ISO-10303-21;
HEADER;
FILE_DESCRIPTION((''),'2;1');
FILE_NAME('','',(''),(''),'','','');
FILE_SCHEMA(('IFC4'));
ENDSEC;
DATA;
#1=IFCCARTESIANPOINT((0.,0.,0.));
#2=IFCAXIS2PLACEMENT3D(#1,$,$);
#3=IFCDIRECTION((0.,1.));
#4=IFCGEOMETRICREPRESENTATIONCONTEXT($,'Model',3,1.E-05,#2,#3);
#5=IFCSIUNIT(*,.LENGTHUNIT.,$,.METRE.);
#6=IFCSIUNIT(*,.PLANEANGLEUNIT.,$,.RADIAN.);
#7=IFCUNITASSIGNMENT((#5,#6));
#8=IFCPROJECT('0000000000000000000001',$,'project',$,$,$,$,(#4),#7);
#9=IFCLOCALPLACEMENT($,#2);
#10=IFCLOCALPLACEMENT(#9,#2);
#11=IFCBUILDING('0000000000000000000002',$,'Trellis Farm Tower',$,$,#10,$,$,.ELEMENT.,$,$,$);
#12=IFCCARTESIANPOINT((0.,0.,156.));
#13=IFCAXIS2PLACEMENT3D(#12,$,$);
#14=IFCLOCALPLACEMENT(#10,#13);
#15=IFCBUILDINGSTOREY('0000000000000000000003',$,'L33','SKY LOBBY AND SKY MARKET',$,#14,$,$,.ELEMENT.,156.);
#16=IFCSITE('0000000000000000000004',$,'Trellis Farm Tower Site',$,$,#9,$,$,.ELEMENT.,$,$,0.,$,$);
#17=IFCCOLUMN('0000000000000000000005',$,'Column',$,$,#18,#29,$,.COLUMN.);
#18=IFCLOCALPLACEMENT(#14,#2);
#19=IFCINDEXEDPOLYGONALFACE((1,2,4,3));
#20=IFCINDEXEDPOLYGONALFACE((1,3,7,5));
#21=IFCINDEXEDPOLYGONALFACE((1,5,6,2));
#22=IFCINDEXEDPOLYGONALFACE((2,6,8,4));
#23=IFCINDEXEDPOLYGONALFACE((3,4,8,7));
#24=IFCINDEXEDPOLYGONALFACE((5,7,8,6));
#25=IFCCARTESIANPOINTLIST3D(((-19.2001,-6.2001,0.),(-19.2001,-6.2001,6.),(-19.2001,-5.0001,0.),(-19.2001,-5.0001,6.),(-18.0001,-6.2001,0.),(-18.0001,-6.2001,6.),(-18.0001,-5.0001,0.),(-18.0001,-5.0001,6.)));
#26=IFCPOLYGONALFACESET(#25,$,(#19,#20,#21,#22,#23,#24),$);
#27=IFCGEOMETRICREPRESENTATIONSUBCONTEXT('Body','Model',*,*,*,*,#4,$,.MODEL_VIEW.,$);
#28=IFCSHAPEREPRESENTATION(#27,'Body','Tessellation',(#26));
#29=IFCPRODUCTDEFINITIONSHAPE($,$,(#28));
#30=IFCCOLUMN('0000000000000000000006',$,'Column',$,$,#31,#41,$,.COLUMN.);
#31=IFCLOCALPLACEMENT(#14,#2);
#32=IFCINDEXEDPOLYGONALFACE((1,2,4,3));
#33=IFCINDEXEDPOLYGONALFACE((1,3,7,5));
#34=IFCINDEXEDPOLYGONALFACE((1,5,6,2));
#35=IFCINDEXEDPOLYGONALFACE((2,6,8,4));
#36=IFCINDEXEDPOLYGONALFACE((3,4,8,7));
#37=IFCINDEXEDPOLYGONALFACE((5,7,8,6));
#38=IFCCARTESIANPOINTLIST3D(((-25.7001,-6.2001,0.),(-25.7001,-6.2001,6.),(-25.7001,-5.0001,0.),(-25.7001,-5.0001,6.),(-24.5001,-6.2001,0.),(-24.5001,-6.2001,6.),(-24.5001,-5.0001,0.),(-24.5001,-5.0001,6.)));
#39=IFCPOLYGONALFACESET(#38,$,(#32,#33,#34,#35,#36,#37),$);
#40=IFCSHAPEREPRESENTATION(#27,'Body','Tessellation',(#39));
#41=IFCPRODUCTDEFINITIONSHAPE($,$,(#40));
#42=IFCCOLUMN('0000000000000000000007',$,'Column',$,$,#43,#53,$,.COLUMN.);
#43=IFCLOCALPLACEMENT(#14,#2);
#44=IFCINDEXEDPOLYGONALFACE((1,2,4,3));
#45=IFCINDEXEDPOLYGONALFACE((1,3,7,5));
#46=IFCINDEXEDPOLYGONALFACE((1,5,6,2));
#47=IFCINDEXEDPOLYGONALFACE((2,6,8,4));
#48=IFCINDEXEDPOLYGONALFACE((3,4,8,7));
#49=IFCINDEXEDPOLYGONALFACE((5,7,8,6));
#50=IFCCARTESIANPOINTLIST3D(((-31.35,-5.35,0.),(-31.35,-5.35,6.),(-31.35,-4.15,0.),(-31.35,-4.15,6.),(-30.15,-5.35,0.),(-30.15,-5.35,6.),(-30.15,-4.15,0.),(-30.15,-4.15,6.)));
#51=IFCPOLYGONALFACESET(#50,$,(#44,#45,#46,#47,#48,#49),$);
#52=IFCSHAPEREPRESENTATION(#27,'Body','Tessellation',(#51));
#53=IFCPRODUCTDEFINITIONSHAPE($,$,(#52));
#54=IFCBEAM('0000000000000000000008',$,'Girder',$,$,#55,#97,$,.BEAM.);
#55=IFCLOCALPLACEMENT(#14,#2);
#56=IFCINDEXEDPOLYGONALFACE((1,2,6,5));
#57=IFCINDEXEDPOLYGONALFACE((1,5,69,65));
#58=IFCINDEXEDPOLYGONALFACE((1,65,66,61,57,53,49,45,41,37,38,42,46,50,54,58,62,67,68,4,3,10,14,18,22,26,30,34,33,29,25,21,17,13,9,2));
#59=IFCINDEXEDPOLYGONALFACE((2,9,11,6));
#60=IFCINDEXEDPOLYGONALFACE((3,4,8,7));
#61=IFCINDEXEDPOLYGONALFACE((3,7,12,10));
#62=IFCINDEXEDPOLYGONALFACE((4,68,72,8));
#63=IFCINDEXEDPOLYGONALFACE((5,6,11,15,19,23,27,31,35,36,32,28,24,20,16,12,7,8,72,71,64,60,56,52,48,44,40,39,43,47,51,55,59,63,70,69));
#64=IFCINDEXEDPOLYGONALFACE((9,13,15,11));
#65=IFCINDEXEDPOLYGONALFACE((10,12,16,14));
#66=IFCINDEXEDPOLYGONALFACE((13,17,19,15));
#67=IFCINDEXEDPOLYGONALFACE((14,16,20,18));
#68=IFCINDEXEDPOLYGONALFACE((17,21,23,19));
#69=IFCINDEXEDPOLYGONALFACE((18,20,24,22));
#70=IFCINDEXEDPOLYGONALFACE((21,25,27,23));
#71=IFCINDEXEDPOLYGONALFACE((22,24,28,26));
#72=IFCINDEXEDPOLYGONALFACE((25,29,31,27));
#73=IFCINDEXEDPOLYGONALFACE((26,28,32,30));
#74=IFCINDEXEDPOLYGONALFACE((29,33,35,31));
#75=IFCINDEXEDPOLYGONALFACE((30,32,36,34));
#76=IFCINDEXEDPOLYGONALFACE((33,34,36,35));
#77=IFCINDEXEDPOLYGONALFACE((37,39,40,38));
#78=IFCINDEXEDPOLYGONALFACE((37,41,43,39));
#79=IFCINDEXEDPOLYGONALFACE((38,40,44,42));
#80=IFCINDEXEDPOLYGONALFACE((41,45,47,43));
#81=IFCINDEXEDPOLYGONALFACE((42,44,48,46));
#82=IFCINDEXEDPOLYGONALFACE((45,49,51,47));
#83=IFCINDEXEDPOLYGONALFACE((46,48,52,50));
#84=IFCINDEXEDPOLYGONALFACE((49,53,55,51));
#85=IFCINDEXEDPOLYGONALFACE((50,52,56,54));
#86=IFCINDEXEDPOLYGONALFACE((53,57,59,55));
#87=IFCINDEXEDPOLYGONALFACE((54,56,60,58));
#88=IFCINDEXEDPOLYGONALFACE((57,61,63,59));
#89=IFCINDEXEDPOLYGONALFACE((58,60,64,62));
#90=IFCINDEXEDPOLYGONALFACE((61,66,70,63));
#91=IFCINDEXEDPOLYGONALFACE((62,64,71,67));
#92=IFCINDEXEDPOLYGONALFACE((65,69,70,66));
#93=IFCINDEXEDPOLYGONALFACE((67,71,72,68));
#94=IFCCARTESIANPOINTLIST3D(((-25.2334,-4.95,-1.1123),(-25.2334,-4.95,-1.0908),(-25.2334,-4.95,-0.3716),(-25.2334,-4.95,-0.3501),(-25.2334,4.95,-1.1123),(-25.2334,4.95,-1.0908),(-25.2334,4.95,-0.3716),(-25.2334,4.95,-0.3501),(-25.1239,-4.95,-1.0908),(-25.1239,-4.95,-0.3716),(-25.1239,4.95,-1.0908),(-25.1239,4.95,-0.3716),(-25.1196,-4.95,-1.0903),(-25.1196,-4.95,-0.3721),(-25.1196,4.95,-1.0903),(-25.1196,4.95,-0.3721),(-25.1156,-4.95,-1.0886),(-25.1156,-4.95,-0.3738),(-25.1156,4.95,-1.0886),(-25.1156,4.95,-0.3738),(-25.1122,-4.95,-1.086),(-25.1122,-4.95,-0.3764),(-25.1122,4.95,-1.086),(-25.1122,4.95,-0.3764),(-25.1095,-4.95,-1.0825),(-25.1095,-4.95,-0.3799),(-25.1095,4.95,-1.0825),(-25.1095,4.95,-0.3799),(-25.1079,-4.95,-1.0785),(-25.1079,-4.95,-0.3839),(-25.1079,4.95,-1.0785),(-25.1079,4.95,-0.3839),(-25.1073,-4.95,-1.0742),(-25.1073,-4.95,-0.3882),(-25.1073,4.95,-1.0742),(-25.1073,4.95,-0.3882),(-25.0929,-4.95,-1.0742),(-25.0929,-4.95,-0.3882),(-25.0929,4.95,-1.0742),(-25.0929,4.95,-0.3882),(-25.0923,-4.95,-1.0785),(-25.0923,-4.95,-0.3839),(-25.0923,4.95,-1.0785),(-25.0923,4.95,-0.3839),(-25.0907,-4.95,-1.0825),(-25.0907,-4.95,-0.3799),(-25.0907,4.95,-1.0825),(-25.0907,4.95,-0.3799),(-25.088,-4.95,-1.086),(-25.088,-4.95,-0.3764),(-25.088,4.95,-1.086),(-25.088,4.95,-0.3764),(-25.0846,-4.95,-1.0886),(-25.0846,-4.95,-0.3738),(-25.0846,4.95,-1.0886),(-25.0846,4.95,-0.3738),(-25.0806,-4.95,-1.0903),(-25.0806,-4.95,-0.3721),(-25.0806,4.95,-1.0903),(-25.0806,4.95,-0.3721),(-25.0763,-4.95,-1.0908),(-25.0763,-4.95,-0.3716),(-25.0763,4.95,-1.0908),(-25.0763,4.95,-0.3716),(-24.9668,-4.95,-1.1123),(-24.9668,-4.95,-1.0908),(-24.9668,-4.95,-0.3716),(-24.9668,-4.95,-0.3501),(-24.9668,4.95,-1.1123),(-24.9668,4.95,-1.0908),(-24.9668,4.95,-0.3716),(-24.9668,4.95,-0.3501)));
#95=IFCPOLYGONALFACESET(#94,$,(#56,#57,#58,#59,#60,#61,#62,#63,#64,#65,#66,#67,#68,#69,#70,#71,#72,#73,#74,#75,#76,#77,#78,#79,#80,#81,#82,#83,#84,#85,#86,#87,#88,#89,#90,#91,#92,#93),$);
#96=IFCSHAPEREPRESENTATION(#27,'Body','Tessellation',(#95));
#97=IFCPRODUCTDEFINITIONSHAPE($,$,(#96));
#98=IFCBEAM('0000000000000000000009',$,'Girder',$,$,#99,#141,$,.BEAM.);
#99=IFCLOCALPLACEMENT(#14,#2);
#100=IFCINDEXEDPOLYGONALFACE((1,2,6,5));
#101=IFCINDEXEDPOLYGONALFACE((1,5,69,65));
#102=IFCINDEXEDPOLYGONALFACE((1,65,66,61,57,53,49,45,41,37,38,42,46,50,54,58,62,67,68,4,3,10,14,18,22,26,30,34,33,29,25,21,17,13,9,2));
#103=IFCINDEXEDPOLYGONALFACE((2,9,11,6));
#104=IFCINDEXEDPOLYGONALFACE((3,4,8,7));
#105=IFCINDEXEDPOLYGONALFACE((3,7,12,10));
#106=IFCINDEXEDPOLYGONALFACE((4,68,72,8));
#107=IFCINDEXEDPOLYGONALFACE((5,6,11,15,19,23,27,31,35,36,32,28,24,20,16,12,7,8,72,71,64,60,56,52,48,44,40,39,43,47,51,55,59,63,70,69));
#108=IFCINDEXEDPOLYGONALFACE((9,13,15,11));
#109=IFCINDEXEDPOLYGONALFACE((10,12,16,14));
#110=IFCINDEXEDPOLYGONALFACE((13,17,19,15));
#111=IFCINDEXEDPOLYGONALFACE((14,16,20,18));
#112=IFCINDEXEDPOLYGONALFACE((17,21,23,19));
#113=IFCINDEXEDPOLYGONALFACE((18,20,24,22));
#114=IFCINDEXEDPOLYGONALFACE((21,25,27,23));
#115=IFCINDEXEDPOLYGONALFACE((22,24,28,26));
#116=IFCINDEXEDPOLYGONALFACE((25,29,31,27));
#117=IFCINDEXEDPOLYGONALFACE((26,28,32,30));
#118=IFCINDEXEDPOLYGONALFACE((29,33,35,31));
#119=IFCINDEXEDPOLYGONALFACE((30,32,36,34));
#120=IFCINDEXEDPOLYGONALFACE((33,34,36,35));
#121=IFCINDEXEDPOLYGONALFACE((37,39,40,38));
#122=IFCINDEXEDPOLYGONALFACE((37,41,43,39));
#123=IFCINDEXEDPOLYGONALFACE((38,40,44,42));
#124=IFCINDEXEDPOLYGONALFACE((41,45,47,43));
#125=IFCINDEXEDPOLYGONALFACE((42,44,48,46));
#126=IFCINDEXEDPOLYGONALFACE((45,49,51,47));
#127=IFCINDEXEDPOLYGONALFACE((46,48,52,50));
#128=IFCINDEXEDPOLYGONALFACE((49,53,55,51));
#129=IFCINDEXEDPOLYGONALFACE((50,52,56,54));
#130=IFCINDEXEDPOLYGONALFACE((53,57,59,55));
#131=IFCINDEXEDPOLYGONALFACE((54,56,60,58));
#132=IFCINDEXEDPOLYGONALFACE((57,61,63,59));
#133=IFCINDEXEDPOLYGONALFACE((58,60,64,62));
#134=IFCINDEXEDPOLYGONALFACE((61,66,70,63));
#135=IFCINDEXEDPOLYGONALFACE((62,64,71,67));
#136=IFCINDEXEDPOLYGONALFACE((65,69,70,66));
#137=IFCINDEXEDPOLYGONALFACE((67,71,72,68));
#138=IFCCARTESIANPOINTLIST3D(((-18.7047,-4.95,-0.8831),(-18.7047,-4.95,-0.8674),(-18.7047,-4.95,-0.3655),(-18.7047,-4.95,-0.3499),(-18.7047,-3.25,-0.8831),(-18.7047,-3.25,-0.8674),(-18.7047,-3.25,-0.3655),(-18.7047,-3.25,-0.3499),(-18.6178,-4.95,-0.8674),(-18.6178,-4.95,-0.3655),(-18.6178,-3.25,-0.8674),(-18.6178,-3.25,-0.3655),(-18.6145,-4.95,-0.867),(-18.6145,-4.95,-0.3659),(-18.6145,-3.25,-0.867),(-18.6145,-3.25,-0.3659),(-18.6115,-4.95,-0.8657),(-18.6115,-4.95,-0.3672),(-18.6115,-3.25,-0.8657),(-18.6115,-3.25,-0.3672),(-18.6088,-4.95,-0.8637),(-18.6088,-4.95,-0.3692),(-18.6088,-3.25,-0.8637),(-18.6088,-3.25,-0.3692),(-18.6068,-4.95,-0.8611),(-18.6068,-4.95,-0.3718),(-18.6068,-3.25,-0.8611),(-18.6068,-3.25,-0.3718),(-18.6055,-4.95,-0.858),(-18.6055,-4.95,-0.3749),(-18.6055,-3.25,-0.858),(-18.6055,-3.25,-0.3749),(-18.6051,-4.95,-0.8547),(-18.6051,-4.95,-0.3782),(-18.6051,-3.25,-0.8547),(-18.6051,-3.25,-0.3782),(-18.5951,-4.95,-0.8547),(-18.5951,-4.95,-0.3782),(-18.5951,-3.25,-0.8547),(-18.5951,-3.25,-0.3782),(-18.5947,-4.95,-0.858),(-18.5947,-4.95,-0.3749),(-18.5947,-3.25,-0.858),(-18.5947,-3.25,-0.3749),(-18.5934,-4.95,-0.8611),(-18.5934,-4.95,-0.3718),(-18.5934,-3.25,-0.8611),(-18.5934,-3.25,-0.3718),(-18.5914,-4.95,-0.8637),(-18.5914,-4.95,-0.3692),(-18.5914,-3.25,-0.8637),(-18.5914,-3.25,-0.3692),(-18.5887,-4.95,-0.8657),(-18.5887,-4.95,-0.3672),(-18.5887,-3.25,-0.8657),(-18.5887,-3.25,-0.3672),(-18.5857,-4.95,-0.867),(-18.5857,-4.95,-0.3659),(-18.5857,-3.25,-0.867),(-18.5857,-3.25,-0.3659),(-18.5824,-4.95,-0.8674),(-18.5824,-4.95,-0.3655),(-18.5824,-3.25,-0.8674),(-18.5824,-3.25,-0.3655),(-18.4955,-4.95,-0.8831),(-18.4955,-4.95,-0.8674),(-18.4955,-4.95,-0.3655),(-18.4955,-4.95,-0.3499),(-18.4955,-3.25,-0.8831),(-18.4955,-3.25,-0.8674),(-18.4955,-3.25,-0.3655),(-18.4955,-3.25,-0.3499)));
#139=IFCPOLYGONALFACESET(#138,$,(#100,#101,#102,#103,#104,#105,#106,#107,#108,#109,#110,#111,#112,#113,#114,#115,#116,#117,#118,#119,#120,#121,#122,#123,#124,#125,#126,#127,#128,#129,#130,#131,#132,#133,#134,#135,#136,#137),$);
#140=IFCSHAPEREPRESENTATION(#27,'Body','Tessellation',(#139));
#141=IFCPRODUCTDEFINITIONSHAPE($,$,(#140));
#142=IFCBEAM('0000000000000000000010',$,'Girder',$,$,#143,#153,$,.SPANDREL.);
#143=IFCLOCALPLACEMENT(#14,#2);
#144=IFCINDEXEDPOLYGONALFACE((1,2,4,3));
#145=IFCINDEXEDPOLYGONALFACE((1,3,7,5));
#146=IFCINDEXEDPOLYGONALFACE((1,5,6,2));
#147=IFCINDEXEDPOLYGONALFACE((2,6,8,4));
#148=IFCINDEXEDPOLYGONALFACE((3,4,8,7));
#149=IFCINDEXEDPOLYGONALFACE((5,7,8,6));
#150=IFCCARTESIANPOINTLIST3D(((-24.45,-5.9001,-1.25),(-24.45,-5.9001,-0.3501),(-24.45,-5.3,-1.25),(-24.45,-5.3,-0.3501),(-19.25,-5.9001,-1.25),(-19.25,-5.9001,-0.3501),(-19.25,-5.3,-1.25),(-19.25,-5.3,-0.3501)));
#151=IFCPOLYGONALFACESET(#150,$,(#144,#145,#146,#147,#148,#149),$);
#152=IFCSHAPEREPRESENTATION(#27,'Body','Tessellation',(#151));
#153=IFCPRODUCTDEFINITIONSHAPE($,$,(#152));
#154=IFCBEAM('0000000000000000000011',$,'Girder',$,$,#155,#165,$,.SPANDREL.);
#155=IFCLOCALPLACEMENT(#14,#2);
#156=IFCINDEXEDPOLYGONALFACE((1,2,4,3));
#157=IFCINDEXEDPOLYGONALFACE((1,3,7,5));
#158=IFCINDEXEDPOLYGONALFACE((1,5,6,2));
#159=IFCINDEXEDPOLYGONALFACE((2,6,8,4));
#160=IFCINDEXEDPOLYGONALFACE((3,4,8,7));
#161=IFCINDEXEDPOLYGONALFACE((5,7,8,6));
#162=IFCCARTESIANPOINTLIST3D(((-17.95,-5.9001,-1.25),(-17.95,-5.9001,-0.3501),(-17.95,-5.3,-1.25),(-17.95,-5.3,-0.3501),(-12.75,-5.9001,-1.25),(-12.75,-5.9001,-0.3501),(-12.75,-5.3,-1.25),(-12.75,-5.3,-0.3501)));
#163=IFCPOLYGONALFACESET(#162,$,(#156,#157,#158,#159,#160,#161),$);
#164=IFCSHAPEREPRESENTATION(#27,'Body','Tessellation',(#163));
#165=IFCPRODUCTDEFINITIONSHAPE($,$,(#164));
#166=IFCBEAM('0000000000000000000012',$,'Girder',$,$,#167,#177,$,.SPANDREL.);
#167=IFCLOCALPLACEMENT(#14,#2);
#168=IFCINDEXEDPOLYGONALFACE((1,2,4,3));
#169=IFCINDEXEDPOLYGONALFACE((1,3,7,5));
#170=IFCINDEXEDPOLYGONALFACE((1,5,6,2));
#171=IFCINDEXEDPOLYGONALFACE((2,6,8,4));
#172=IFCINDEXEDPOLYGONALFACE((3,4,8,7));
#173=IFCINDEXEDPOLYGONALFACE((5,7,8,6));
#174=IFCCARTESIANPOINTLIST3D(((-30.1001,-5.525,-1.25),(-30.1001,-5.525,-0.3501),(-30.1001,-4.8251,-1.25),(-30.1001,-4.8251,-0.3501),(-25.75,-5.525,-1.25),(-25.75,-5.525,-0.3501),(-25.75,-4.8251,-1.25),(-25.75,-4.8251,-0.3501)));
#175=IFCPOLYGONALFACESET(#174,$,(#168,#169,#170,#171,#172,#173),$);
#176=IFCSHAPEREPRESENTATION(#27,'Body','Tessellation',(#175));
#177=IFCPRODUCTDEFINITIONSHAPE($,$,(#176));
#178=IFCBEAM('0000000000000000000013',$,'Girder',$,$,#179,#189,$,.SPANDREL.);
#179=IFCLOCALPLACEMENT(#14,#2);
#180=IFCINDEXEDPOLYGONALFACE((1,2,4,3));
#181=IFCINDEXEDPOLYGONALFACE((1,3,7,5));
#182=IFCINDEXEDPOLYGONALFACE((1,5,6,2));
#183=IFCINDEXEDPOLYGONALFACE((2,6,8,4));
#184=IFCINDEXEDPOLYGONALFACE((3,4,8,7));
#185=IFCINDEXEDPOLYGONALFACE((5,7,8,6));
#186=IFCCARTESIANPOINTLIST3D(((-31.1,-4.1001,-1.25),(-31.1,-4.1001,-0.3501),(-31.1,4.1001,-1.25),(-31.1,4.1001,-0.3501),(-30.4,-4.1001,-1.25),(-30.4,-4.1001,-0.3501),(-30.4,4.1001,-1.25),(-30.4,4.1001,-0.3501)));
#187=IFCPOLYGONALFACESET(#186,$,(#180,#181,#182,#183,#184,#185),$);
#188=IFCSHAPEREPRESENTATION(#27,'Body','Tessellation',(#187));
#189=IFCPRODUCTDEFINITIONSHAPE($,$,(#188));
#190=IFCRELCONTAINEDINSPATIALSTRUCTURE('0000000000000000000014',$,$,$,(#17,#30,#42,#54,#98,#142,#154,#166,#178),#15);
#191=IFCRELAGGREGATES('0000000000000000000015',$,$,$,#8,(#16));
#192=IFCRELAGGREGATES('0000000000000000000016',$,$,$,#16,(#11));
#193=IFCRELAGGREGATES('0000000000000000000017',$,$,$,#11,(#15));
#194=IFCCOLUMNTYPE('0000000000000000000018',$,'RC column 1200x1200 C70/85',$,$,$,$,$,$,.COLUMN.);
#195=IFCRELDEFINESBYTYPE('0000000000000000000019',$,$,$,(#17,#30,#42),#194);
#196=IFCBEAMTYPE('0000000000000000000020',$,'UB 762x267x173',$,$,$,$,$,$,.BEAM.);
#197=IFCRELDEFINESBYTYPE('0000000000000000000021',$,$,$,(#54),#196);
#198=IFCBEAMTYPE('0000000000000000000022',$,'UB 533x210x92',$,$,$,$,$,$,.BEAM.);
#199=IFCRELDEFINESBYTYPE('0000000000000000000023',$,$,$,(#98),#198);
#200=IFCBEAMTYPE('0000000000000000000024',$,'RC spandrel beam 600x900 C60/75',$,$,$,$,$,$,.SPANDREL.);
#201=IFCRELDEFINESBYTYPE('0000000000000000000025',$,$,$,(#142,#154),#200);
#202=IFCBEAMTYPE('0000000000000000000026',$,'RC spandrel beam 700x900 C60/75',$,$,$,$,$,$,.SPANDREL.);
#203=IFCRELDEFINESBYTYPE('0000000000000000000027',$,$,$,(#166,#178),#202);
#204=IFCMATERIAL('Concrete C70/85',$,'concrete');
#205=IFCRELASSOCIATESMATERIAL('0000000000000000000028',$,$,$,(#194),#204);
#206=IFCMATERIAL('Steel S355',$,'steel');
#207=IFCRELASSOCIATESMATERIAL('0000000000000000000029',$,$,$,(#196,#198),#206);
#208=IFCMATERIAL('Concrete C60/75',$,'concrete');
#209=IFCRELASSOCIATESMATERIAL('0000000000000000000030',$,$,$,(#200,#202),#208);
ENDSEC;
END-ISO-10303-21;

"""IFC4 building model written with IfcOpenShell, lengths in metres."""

from ifc_helpers import new_model, si_unit, direction, frame, origin, origin_2d, place, context, subcontext, project, spatial, rectangle, i_section, extrude, source, transform, mapped, material, material_profile, profile_set, type_object, element, save


model = new_model("IFC4")

# Units and contexts
model_context = context("Model", 3, precision=1e-05, world=origin(), true_north=direction((0.0, 1.0)))
body_context = subcontext(model_context, "Body", "Model", "MODEL_VIEW")
ifc_project = project(units=[si_unit("LENGTHUNIT", "METRE"), si_unit("PLANEANGLEUNIT", "RADIAN")], contexts=[model_context])

# Site, building, storey
site_placement = place(None, origin())
site = spatial("IfcSite", under=ifc_project, at=site_placement, Name="Trellis Farm Tower Site", CompositionType="ELEMENT", RefElevation=0.0)
building_placement = place(site_placement, origin())
building = spatial("IfcBuilding", under=site, at=building_placement, Name="Trellis Farm Tower", CompositionType="ELEMENT")
storey_placement = place(building_placement, frame((0.0, 0.0, 156.0)))
storey = spatial("IfcBuildingStorey", under=building, at=storey_placement, Name="L33", Description="SKY LOBBY AND SKY MARKET", CompositionType="ELEMENT", Elevation=156.0)

# Columns
ifc_material_1 = material(Name="Concrete C70/85", Category="concrete")
ifc_material_profile_1 = material_profile(ifc_material_1, rectangle(XDim=1.2, YDim=1.2, at=origin_2d()), Name="RC column 1200x1200 C70/85")
ifc_profile_set_1 = profile_set([ifc_material_profile_1], Name="Concrete C70/85")
column_type = type_object("IfcColumnType", Name="RC column 1200x1200 C70/85", PredefinedType="COLUMN", material=ifc_profile_set_1)
shared_shape_1 = source(origin(), body_context, "Body", "SweptSolid", [
    extrude(rectangle(XDim=1.2, YDim=1.2, at=origin_2d()), origin(), (0.0, 0.0, 1.0), 6.0),
])
for number, where, z_axis, x_axis, name in (
    (1, (-18.6001, -5.6001, 0.0), (0.0, 0.0, 1.0), (1.0, 0.0, 0.0), "Column"),
    (2, (-25.1001, -5.6001, 0.0), (0.0, 0.0, 1.0), (1.0, 0.0, 0.0), "Column"),
    (3, (-30.75, -4.75, 0.0), (0.0, 0.0, 1.0), (1.0, 0.0, 0.0), "Column"),
):
    element("IfcColumn", number, at=place(storey_placement, frame(where, z_axis=z_axis, x_axis=x_axis)), inside=storey, type_object=column_type, Name=name, PredefinedType="COLUMN", context=body_context, shape_type="MappedRepresentation", body=[
        mapped(shared_shape_1, transform((0.0, 0.0, 0.0))),
    ])

# Beams
ifc_material_2 = material(Name="Steel S355", Category="steel")
ifc_material_profile_2 = material_profile(ifc_material_2, i_section(OverallWidth=0.2666, OverallDepth=0.7622, WebThickness=0.0144, FlangeThickness=0.0215, FilletRadius=0.0166, at=origin_2d()), Name="UB 762x267x173")
ifc_profile_set_2 = profile_set([ifc_material_profile_2], Name="Steel S355")
beam_type_1 = type_object("IfcBeamType", Name="UB 762x267x173", PredefinedType="BEAM", material=ifc_profile_set_2)
shared_shape_2 = source(origin(), body_context, "Body", "SweptSolid", [
    extrude(i_section(OverallWidth=0.2666, OverallDepth=0.7622, WebThickness=0.0144, FlangeThickness=0.0215, FilletRadius=0.0166, at=origin_2d()), origin(), (0.0, 0.0, 1.0), 9.8999),
])
beam_1_placement = place(storey_placement, frame((-25.1001, -4.95, -0.7312), z_axis=(0.0, 1.0, 0.0), x_axis=(-1.0, 0.0, 0.0)))
element("IfcBeam", 4, at=beam_1_placement, inside=storey, type_object=beam_type_1, Name="Girder", PredefinedType="BEAM", context=body_context, shape_type="MappedRepresentation", body=[
    mapped(shared_shape_2, transform((0.0, 0.0, 0.0))),
])
ifc_material_profile_3 = material_profile(ifc_material_2, i_section(OverallWidth=0.2092, OverallDepth=0.5332, WebThickness=0.01, FlangeThickness=0.0156, FilletRadius=0.0127, at=origin_2d()), Name="UB 533x210x92")
ifc_profile_set_3 = profile_set([ifc_material_profile_3], Name="Steel S355")
beam_type_2 = type_object("IfcBeamType", Name="UB 533x210x92", PredefinedType="BEAM", material=ifc_profile_set_3)
shared_shape_3 = source(origin(), body_context, "Body", "SweptSolid", [
    extrude(i_section(OverallWidth=0.2092, OverallDepth=0.5332, WebThickness=0.01, FlangeThickness=0.0156, FilletRadius=0.0127, at=origin_2d()), origin(), (0.0, 0.0, 1.0), 1.7),
])
beam_2_placement = place(storey_placement, frame((-18.6001, -4.95, -0.6165), z_axis=(0.0, 1.0, 0.0), x_axis=(-1.0, 0.0, 0.0)))
element("IfcBeam", 5, at=beam_2_placement, inside=storey, type_object=beam_type_2, Name="Girder", PredefinedType="BEAM", context=body_context, shape_type="MappedRepresentation", body=[
    mapped(shared_shape_3, transform((0.0, 0.0, 0.0))),
])
ifc_material_3 = material(Name="Concrete C60/75", Category="concrete")
ifc_material_profile_4 = material_profile(ifc_material_3, rectangle(XDim=0.6001, YDim=0.8999, at=origin_2d()), Name="RC spandrel beam 600x900 C60/75")
ifc_profile_set_4 = profile_set([ifc_material_profile_4], Name="Concrete C60/75")
beam_type_3 = type_object("IfcBeamType", Name="RC spandrel beam 600x900 C60/75", PredefinedType="SPANDREL", material=ifc_profile_set_4)
shared_shape_4 = source(origin(), body_context, "Body", "SweptSolid", [
    extrude(rectangle(XDim=0.6001, YDim=0.8999, at=origin_2d()), origin(), (0.0, 0.0, 1.0), 5.2),
])
for number, where, z_axis, x_axis, name in (
    (6, (-24.45, -5.6001, -0.8), (1.0, 0.0, 0.0), (0.0, 1.0, 0.0), "Girder"),
    (7, (-17.95, -5.6001, -0.8), (1.0, 0.0, 0.0), (0.0, 1.0, 0.0), "Girder"),
):
    element("IfcBeam", number, at=place(storey_placement, frame(where, z_axis=z_axis, x_axis=x_axis)), inside=storey, type_object=beam_type_3, Name=name, PredefinedType="SPANDREL", context=body_context, shape_type="MappedRepresentation", body=[
        mapped(shared_shape_4, transform((0.0, 0.0, 0.0))),
    ])
ifc_material_profile_5 = material_profile(ifc_material_3, rectangle(XDim=0.7, YDim=0.8999, at=origin_2d()), Name="RC spandrel beam 700x900 C60/75")
ifc_profile_set_5 = profile_set([ifc_material_profile_5], Name="Concrete C60/75")
beam_type_4 = type_object("IfcBeamType", Name="RC spandrel beam 700x900 C60/75", PredefinedType="SPANDREL", material=ifc_profile_set_5)
shared_shape_5 = source(origin(), body_context, "Body", "SweptSolid", [
    extrude(rectangle(XDim=0.7, YDim=0.8999, at=origin_2d()), origin(), (0.0, 0.0, 1.0), 4.3501),
])
beam_3_placement = place(storey_placement, frame((-30.1001, -5.175, -0.8), z_axis=(1.0, 0.0, 0.0), x_axis=(0.0, 1.0, 0.0)))
element("IfcBeam", 8, at=beam_3_placement, inside=storey, type_object=beam_type_4, Name="Girder", PredefinedType="SPANDREL", context=body_context, shape_type="MappedRepresentation", body=[
    mapped(shared_shape_5, transform((0.0, 0.0, 0.0))),
])
shared_shape_6 = source(origin(), body_context, "Body", "SweptSolid", [
    extrude(rectangle(XDim=0.7, YDim=0.8999, at=origin_2d()), origin(), (0.0, 0.0, 1.0), 8.2002),
])
beam_4_placement = place(storey_placement, frame((-30.75, -4.1001, -0.8), z_axis=(0.0, 1.0, 0.0), x_axis=(-1.0, 0.0, 0.0)))
element("IfcBeam", 9, at=beam_4_placement, inside=storey, type_object=beam_type_4, Name="Girder", PredefinedType="SPANDREL", context=body_context, shape_type="MappedRepresentation", body=[
    mapped(shared_shape_6, transform((0.0, 0.0, 0.0))),
])

save(model, "model.ifc")
